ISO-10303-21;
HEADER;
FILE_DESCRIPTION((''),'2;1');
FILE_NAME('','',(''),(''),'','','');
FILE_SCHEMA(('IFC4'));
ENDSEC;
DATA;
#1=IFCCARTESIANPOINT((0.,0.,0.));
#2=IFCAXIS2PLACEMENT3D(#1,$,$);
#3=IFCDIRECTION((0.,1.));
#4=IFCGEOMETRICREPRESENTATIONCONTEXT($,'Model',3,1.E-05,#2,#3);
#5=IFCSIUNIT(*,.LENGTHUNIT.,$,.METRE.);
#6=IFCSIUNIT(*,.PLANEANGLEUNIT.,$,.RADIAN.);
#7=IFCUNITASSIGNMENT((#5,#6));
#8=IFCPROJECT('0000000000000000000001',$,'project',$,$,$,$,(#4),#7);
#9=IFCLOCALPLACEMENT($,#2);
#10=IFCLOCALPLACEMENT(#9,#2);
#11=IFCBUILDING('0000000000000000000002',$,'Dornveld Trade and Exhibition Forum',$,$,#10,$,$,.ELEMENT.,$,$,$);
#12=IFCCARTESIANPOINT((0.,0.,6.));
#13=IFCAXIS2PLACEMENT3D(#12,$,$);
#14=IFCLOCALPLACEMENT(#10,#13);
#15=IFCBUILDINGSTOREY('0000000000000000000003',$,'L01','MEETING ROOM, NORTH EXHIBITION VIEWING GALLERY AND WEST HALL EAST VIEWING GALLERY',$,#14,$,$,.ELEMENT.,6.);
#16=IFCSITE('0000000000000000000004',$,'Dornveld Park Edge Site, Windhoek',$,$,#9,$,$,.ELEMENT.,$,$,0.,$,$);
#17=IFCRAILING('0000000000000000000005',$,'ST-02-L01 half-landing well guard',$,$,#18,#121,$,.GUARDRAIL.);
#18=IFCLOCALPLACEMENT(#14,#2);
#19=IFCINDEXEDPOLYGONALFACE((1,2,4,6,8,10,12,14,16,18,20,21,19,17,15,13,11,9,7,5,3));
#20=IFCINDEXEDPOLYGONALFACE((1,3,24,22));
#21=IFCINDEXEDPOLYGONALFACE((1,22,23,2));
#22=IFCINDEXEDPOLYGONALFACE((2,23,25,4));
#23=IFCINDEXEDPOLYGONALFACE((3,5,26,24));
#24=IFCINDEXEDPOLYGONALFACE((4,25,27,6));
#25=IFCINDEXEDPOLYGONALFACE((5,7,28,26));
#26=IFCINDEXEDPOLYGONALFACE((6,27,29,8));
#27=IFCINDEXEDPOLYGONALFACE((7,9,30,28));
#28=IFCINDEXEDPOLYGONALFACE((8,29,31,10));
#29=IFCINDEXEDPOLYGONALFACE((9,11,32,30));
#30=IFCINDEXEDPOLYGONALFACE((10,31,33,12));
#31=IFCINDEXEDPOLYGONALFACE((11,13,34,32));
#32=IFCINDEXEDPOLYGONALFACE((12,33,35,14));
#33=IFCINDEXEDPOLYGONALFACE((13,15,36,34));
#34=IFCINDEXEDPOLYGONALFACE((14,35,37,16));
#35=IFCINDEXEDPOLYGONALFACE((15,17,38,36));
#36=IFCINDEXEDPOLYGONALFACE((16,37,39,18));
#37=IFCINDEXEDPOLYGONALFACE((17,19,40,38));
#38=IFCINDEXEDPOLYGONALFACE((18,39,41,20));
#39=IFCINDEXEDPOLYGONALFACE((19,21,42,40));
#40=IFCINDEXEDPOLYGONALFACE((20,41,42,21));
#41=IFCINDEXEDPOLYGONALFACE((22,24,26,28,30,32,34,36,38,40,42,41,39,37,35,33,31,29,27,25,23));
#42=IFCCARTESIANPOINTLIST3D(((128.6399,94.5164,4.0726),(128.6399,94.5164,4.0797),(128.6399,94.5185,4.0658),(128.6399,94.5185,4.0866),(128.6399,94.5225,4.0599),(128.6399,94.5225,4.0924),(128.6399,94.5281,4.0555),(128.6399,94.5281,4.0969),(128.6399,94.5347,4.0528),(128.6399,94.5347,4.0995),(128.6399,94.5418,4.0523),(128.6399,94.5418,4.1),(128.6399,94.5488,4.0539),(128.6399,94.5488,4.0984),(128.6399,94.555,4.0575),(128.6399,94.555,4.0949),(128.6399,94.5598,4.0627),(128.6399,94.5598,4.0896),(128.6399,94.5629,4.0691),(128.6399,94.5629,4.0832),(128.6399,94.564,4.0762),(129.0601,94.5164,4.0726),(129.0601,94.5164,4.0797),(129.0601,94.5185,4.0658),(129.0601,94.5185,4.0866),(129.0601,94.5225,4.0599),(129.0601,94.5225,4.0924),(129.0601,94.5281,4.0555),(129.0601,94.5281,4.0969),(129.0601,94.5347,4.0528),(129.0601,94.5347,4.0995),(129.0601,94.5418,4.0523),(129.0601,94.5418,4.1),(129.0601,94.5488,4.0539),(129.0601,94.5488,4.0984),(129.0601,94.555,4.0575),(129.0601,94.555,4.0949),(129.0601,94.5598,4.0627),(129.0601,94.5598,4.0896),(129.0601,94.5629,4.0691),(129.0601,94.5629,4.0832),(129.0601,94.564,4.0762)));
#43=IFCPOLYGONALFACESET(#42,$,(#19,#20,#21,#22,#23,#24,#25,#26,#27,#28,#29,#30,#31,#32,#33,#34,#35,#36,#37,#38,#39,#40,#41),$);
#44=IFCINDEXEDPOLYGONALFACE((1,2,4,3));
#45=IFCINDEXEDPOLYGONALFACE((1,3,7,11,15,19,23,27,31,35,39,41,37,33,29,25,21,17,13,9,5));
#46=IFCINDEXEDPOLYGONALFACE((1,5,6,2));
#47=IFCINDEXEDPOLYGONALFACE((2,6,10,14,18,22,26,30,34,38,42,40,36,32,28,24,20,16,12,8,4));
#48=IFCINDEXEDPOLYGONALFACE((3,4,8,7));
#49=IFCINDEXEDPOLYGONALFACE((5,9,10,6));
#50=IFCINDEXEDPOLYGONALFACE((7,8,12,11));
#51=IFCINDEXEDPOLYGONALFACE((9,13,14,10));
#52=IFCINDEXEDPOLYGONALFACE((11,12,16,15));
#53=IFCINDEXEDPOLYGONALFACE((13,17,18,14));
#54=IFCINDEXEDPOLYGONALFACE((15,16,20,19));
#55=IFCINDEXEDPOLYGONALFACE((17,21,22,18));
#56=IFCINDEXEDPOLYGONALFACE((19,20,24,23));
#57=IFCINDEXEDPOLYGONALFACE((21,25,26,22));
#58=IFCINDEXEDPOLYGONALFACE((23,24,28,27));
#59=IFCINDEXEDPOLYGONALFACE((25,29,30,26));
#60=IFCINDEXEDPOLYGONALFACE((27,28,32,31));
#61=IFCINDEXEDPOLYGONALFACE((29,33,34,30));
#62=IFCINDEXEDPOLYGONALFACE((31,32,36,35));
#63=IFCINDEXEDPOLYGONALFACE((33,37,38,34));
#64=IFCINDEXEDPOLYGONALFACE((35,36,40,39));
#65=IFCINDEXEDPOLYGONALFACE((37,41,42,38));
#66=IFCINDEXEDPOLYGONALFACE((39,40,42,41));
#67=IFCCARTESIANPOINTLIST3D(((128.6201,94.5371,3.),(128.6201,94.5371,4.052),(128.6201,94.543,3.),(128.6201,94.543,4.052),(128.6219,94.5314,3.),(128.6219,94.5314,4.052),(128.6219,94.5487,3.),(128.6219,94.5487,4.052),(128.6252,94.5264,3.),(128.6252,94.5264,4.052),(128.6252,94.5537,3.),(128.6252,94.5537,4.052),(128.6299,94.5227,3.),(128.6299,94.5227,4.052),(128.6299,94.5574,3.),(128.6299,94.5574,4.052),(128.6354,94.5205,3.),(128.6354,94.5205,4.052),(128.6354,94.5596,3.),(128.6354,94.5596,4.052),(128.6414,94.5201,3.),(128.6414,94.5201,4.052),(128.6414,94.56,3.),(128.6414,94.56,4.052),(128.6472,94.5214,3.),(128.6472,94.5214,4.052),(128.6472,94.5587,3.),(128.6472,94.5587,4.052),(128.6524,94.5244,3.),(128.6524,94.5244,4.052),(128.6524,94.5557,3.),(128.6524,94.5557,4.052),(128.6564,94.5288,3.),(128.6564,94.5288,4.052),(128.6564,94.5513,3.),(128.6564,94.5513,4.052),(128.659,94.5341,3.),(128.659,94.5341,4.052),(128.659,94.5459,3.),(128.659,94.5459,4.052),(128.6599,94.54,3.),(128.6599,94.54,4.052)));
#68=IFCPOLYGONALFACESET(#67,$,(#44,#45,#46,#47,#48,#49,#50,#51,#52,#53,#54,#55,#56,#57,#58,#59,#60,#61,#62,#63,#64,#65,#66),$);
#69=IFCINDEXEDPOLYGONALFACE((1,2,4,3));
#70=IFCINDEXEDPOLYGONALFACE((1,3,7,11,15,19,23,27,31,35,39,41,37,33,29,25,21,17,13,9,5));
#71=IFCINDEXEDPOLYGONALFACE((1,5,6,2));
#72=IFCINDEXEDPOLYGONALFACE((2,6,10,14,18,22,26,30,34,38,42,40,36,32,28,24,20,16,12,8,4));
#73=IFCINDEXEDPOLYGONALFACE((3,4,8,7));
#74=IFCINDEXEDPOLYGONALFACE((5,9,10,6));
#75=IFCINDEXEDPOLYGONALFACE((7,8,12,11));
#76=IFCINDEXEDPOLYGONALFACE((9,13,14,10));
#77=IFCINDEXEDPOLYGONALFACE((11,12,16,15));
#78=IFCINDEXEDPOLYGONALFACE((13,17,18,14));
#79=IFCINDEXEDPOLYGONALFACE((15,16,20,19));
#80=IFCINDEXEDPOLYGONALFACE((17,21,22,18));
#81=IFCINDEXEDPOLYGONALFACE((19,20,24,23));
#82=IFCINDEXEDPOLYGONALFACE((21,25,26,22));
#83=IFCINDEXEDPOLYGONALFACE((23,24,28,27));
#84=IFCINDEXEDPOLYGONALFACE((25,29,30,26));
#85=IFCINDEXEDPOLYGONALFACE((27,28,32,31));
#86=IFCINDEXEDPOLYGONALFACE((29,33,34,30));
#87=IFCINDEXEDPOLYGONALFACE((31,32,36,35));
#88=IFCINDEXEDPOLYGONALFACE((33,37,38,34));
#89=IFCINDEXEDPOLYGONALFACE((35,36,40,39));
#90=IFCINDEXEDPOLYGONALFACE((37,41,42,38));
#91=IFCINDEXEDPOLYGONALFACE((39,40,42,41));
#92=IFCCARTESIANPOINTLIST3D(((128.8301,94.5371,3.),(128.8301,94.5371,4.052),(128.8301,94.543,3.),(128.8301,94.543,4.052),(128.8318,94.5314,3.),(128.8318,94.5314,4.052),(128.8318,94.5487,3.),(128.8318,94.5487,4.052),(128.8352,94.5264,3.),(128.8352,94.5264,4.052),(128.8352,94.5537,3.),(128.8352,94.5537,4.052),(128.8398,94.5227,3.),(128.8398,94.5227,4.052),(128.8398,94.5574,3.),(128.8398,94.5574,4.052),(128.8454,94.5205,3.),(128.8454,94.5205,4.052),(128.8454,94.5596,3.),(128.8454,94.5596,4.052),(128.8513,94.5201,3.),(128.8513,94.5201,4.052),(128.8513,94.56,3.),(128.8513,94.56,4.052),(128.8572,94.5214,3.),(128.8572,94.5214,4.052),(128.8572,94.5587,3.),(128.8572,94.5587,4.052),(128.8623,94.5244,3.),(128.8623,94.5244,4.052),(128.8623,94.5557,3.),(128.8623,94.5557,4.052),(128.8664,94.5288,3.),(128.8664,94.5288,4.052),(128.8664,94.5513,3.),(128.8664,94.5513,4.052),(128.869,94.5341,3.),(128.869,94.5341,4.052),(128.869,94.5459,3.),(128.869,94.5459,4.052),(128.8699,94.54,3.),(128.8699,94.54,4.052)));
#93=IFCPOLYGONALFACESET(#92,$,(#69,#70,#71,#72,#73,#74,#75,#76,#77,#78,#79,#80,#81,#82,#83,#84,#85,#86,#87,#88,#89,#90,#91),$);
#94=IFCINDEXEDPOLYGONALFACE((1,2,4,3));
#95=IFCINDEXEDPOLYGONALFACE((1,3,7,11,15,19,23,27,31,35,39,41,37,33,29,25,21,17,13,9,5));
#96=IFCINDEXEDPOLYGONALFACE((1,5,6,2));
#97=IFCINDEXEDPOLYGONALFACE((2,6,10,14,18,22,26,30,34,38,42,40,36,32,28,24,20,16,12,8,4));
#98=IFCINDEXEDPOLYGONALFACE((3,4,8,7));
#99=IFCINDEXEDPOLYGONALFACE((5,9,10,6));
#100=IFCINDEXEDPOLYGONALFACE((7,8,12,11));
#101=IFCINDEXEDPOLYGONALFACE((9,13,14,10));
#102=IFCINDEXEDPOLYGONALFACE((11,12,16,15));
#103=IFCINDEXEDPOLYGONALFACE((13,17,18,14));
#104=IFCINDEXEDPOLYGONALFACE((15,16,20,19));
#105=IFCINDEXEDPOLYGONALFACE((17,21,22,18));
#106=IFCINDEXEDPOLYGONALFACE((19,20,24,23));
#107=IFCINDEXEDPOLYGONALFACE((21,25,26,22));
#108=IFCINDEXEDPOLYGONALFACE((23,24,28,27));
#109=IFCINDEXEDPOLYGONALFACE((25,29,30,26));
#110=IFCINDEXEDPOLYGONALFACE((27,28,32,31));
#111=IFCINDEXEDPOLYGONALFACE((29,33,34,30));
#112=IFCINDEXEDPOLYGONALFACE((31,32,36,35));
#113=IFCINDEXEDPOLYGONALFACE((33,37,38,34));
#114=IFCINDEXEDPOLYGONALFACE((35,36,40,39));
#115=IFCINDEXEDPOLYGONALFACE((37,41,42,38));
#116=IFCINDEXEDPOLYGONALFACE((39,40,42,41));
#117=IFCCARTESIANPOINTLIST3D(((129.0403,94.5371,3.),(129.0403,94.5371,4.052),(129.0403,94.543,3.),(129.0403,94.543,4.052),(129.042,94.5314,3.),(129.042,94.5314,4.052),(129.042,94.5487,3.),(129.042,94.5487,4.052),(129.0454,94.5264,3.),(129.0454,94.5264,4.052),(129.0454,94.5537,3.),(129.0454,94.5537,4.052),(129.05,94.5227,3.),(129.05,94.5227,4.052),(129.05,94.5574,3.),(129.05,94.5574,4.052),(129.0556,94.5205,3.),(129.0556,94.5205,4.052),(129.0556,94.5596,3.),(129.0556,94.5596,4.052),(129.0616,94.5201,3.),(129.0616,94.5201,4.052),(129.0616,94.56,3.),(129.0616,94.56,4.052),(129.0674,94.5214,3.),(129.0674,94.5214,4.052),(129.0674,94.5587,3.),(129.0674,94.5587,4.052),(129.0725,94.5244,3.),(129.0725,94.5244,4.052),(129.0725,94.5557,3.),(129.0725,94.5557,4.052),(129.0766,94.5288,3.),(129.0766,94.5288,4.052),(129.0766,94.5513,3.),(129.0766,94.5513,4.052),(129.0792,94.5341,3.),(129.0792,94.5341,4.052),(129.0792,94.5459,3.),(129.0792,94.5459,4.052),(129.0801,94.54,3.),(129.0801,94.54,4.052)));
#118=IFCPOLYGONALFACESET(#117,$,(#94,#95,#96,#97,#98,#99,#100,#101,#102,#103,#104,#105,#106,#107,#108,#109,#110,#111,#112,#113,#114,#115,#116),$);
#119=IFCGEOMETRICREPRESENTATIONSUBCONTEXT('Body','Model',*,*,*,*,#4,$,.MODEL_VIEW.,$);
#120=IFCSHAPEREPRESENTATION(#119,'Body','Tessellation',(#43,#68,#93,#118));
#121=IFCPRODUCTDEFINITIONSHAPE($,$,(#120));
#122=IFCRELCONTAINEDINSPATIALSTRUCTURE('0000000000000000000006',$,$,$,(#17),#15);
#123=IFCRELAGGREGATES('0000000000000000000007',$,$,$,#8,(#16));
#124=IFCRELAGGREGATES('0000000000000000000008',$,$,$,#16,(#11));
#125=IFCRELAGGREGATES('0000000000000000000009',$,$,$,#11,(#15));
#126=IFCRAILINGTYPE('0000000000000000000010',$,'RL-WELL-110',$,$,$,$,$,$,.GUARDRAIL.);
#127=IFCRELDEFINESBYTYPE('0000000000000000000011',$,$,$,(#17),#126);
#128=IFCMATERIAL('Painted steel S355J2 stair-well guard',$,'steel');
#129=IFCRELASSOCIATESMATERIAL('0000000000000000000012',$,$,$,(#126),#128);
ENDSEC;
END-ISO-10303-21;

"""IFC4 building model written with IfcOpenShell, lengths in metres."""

from ifc_helpers import new_model, si_unit, direction, frame, origin, origin_2d, place, context, subcontext, project, spatial, circle, extrude, material, type_object, element, save


model = new_model("IFC4")

# Units and contexts
model_context = context("Model", 3, precision=1e-05, world=origin(), true_north=direction((0.0, 1.0)))
body_context = subcontext(model_context, "Body", "Model", "MODEL_VIEW")
ifc_project = project(units=[si_unit("LENGTHUNIT", "METRE"), si_unit("PLANEANGLEUNIT", "RADIAN")], contexts=[model_context])

# Site, building, storey
site_placement = place(None, origin())
site = spatial("IfcSite", under=ifc_project, at=site_placement, Name="Dornveld Park Edge Site, Windhoek", CompositionType="ELEMENT", RefElevation=0.0)
building_placement = place(site_placement, origin())
building = spatial("IfcBuilding", under=site, at=building_placement, Name="Dornveld Trade and Exhibition Forum", CompositionType="ELEMENT")
storey_placement = place(building_placement, frame((0.0, 0.0, 6.0)))
storey = spatial("IfcBuildingStorey", under=building, at=storey_placement, Name="L01", Description="MEETING ROOM, NORTH EXHIBITION VIEWING GALLERY AND WEST HALL EAST VIEWING GALLERY", CompositionType="ELEMENT", Elevation=6.0)

# Railing
ifc_material_1 = material(Name="Painted steel S355J2 stair-well guard", Category="steel")
railing_type_1 = type_object("IfcRailingType", Name="RL-WELL-110", PredefinedType="GUARDRAIL", material=ifc_material_1)
railing_1_placement = place(storey_placement, frame((128.6399, 94.54, 3.0)))
element("IfcRailing", 1, at=railing_1_placement, inside=storey, type_object=railing_type_1, Name="ST-02-L01 half-landing well guard", PredefinedType="GUARDRAIL", context=body_context, shape_type="SweptSolid", body=[
    extrude(circle(Radius=0.0239, at=origin_2d()), frame((0.0, 0.0, 1.0762), z_axis=(1.0, 0.0, 0.0), x_axis=(0.0, 1.0, 0.0)), (0.0, 0.0, 1.0), 0.4202),
    extrude(circle(Radius=0.02, at=origin_2d()), origin(), (0.0, 0.0, 1.0), 1.052),
    extrude(circle(Radius=0.02, at=origin_2d()), frame((0.21, 0.0, 0.0)), (0.0, 0.0, 1.0), 1.052),
    extrude(circle(Radius=0.02, at=origin_2d()), frame((0.4202, 0.0, 0.0)), (0.0, 0.0, 1.0), 1.052),
])

save(model, "model.ifc")
